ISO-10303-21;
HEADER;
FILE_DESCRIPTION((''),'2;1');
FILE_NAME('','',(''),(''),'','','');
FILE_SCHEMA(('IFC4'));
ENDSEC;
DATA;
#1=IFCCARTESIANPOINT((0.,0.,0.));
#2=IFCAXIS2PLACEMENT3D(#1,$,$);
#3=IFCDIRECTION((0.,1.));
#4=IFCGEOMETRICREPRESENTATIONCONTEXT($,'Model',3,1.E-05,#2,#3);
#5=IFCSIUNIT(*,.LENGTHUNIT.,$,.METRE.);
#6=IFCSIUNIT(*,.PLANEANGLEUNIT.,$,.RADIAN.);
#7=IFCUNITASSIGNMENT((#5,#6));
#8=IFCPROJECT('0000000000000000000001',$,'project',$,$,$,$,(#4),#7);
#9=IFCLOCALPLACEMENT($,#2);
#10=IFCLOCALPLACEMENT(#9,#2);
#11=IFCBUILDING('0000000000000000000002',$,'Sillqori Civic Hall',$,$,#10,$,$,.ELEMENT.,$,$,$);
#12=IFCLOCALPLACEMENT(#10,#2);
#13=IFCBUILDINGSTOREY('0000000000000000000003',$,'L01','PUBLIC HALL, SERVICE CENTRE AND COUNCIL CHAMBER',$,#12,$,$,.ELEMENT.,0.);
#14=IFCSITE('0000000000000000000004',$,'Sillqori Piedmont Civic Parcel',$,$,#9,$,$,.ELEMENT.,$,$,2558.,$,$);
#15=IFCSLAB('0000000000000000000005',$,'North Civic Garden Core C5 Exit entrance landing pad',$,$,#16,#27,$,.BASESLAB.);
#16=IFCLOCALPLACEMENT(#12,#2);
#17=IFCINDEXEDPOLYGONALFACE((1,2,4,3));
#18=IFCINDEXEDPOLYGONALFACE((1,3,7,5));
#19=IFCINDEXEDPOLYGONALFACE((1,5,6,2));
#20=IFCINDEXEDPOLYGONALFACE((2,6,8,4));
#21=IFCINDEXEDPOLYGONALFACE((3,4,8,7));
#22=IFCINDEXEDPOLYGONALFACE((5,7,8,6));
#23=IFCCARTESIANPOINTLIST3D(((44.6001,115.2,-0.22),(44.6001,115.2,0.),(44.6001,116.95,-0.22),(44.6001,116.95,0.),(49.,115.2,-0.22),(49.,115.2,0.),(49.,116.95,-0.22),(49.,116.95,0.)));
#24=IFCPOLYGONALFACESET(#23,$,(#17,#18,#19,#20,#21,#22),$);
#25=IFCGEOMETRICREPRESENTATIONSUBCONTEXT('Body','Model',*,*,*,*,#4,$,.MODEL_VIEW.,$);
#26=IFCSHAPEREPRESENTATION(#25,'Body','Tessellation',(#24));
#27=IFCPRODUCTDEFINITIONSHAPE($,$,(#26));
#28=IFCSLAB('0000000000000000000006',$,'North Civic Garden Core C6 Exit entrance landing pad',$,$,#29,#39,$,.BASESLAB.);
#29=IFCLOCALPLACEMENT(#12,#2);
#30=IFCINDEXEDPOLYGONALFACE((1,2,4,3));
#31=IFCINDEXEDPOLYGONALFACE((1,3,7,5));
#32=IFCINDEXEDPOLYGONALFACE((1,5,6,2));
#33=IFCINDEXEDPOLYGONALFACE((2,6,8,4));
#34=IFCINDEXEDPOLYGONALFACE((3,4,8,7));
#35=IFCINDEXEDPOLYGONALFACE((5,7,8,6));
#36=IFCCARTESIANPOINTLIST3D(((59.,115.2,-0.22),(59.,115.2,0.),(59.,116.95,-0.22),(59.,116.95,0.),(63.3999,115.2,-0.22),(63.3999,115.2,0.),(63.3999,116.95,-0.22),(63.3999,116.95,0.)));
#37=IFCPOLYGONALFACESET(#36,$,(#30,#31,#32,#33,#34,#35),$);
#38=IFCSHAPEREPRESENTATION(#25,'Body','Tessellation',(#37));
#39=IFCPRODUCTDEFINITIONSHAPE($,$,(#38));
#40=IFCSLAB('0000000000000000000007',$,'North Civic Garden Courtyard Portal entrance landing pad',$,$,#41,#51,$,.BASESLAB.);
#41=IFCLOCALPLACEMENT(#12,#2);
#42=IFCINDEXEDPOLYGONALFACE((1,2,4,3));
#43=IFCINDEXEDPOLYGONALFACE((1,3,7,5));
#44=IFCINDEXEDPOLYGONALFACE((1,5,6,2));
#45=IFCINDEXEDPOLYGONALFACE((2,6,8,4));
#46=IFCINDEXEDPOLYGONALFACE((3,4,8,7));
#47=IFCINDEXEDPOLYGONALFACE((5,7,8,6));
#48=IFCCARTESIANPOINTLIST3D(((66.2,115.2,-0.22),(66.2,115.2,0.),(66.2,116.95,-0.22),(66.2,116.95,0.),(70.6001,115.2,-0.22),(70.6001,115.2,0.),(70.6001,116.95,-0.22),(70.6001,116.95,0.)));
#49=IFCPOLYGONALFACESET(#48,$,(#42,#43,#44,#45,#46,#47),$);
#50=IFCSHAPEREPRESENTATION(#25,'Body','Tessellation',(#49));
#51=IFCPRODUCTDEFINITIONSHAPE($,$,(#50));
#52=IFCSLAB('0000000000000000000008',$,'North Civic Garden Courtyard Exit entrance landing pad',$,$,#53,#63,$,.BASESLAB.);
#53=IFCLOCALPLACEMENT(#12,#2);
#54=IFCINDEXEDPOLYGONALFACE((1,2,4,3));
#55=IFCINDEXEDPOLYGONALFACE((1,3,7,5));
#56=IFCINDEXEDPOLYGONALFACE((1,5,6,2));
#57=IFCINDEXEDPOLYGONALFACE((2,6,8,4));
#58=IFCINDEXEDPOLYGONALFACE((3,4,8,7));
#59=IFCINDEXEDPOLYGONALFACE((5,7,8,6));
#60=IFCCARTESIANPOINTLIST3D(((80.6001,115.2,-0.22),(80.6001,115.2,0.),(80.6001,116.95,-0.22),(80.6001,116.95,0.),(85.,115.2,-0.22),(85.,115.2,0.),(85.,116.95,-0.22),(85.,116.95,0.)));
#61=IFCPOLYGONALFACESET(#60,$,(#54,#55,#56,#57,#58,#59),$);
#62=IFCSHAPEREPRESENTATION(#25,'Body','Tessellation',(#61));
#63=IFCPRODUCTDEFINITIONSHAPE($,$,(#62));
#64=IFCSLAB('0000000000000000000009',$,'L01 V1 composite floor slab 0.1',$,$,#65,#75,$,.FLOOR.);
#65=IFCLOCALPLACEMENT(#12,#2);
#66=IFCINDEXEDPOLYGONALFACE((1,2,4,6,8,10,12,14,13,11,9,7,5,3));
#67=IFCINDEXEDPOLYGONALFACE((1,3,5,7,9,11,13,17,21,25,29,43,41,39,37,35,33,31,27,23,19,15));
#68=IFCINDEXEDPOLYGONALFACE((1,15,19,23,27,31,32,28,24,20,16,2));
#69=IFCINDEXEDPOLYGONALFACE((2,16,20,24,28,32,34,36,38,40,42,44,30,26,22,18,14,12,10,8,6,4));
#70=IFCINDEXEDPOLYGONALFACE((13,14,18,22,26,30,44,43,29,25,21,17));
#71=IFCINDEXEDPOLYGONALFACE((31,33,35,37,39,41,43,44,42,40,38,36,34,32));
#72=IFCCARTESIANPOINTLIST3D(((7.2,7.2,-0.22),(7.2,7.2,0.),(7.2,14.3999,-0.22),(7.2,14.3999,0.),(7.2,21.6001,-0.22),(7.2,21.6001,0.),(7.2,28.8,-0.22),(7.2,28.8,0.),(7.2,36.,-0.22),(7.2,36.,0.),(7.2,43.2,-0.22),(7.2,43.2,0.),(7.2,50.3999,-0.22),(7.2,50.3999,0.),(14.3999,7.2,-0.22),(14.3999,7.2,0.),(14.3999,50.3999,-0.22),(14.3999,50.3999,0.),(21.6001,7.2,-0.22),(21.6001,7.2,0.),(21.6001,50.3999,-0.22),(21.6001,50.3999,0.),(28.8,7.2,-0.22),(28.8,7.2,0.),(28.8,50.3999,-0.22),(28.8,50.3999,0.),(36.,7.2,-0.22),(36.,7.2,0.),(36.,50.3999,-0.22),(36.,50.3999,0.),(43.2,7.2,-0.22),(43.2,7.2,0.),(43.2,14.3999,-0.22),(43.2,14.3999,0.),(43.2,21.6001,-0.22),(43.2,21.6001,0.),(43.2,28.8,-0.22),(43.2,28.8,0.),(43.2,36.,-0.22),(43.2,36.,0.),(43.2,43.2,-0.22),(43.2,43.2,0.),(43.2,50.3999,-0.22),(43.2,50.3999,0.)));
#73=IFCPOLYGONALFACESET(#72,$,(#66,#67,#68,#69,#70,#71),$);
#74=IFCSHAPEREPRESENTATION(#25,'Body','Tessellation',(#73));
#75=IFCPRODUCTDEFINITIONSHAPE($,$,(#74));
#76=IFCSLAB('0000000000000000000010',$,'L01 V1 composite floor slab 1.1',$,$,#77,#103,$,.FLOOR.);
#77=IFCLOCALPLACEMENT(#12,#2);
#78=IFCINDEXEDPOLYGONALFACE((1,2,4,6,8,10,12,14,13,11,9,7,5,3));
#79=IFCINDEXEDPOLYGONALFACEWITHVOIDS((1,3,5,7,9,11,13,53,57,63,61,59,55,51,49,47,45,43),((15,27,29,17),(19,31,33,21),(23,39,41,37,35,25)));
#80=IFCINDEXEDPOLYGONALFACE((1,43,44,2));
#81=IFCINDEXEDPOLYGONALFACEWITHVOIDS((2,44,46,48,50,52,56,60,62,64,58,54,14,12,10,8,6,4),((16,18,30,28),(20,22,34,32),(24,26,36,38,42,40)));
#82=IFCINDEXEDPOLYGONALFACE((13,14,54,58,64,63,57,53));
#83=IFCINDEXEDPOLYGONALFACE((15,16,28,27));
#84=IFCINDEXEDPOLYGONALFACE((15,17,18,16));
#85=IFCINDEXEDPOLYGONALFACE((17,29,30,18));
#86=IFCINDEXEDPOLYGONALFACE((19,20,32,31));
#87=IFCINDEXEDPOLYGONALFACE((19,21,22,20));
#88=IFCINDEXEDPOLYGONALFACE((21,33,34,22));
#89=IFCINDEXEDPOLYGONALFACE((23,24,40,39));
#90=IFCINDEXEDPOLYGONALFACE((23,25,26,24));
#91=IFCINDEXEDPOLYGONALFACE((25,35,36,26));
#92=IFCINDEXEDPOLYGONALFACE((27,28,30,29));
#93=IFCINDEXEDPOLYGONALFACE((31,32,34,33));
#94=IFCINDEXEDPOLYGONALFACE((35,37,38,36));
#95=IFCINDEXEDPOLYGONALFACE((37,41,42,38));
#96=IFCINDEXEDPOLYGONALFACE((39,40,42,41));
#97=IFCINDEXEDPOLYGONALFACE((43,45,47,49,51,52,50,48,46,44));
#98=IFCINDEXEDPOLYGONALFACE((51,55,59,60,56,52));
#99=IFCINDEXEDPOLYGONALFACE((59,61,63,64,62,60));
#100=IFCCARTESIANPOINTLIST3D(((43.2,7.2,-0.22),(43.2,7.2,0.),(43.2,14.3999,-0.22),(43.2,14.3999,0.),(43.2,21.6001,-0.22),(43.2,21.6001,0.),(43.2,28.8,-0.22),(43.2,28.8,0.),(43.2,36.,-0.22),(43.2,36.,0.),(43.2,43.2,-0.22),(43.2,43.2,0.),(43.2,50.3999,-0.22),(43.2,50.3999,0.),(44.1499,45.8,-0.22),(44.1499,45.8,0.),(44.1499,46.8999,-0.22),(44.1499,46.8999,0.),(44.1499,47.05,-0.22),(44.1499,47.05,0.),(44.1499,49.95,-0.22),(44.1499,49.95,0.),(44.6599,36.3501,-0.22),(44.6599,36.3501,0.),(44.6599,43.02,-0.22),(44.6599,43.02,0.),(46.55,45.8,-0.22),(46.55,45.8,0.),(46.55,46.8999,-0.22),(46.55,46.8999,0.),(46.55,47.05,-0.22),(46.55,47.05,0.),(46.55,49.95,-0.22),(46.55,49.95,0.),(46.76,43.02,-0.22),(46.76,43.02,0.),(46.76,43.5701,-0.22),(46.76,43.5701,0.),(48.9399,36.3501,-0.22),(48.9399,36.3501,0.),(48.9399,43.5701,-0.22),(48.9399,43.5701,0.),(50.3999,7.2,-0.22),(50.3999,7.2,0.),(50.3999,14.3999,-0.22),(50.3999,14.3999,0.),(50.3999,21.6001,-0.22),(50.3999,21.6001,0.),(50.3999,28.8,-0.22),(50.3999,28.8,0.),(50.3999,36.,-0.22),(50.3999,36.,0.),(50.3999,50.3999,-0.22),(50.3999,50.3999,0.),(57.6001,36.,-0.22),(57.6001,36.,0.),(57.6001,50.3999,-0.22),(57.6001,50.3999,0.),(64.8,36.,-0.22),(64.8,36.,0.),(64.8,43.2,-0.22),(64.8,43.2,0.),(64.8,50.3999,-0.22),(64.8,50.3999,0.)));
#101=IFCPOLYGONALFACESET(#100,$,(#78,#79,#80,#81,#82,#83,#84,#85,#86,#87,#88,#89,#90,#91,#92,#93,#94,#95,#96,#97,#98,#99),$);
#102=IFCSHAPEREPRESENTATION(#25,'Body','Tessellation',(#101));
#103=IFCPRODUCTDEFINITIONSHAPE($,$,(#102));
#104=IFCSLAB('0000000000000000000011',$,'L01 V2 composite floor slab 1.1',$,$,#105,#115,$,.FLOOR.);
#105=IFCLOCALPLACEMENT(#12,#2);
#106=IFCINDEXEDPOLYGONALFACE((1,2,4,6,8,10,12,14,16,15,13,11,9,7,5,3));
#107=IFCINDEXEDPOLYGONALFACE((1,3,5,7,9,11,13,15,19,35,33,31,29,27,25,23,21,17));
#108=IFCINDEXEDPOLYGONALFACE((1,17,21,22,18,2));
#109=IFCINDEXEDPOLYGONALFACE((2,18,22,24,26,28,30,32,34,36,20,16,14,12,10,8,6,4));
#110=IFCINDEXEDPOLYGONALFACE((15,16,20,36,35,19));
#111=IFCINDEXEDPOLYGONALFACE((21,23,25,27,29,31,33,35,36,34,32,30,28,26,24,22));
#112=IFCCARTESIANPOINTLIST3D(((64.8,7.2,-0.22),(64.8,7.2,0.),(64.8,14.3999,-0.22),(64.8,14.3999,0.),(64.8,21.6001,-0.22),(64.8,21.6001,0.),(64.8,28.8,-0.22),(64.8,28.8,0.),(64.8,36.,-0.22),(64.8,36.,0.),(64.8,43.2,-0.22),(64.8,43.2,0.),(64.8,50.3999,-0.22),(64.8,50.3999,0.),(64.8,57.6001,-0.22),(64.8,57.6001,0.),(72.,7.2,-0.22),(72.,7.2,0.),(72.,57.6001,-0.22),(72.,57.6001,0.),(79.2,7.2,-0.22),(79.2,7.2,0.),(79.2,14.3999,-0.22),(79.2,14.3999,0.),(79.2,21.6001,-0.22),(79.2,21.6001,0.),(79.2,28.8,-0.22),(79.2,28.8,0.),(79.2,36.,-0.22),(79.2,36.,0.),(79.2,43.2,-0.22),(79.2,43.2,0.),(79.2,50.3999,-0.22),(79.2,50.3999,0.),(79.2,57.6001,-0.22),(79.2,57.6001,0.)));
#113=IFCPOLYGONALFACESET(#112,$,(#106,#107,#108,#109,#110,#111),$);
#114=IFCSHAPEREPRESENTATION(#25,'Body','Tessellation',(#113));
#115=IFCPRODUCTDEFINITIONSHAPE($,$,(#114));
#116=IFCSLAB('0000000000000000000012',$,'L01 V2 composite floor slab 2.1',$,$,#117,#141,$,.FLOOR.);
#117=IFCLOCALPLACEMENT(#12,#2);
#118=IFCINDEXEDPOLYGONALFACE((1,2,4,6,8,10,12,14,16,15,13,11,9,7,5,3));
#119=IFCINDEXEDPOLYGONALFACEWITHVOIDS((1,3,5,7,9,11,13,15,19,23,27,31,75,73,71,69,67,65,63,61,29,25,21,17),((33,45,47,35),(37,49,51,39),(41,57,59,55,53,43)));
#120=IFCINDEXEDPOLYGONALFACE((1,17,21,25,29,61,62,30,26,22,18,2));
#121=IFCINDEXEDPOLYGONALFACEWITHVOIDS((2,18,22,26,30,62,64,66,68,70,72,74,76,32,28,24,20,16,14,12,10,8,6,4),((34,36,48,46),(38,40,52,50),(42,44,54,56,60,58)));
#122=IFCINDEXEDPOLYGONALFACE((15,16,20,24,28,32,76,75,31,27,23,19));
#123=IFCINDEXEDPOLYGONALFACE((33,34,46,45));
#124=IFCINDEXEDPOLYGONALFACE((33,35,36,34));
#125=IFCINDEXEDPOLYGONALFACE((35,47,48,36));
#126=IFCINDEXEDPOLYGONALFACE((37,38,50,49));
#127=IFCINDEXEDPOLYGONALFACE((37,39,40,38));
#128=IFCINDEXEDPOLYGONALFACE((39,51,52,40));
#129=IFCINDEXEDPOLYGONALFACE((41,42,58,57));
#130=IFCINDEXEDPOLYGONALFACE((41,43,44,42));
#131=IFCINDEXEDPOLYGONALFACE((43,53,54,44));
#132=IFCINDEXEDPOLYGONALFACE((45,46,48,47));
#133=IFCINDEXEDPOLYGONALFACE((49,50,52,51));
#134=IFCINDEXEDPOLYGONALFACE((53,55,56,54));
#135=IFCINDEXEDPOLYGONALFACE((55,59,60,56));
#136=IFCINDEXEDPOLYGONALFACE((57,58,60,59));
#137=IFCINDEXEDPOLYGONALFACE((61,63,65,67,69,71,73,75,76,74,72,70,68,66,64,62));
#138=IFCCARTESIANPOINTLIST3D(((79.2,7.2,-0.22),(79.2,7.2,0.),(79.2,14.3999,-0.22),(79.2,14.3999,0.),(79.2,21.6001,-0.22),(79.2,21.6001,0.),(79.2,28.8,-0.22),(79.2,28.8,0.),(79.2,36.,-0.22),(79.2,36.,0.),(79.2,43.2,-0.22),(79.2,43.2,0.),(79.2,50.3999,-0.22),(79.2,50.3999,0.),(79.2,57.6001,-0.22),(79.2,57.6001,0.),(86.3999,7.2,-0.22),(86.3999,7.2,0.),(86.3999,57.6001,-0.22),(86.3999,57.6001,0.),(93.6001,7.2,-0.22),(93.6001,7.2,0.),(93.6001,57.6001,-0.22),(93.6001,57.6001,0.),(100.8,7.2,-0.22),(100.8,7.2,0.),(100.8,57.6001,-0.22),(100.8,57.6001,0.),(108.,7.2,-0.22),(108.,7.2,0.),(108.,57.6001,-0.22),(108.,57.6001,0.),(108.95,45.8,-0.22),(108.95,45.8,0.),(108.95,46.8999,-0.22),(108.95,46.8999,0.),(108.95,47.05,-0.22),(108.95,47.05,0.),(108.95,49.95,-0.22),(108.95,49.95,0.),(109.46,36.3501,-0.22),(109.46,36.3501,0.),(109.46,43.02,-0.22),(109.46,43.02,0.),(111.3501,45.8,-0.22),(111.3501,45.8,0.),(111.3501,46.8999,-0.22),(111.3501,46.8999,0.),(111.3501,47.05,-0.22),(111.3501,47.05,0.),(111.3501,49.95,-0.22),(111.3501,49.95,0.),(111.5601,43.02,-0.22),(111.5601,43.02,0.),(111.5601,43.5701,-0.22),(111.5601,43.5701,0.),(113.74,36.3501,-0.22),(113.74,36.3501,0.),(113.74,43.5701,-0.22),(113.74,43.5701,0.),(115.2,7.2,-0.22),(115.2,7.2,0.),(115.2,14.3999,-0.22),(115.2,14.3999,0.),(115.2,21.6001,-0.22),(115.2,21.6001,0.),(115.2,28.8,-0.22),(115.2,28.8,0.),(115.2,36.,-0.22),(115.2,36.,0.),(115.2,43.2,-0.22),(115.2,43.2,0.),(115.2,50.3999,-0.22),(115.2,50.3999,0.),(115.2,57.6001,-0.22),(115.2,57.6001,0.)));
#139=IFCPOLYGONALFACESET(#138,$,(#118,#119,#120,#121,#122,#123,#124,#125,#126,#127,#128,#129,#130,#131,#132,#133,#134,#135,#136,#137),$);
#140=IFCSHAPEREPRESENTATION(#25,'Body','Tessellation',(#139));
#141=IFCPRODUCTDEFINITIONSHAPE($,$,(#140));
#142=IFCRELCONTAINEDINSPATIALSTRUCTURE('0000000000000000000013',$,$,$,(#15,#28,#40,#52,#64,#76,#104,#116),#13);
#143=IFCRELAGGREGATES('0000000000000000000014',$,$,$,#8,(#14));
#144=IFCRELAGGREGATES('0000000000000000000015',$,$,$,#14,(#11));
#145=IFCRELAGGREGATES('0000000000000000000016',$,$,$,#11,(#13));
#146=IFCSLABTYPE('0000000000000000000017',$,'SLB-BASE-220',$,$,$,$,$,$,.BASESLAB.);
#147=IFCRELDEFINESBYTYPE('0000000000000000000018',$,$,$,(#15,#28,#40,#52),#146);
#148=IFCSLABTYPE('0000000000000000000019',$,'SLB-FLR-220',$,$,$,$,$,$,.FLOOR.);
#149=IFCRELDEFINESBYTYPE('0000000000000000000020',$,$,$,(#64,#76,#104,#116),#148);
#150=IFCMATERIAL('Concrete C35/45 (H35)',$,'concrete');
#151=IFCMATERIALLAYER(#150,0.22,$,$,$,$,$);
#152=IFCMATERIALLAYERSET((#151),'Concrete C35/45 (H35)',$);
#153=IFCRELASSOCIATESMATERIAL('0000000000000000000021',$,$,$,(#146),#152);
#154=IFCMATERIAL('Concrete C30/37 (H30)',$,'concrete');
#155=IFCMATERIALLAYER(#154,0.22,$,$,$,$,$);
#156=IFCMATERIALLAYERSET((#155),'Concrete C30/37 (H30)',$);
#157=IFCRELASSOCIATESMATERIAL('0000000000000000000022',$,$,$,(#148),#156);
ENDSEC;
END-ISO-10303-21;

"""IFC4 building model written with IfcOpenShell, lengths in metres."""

from ifc_helpers import new_model, si_unit, direction, frame, origin, place, context, subcontext, project, spatial, polyline, outline, extrude, material, layer, layer_set, type_object, element, save


model = new_model("IFC4")

# Units and contexts
model_context = context("Model", 3, precision=1e-05, world=origin(), true_north=direction((0.0, 1.0)))
body_context = subcontext(model_context, "Body", "Model", "MODEL_VIEW")
ifc_project = project(units=[si_unit("LENGTHUNIT", "METRE"), si_unit("PLANEANGLEUNIT", "RADIAN")], contexts=[model_context])

# Site, building, storey
site_placement = place(None, origin())
site = spatial("IfcSite", under=ifc_project, at=site_placement, Name="Sillqori Piedmont Civic Parcel", CompositionType="ELEMENT", RefElevation=2558.0)
building_placement = place(site_placement, origin())
building = spatial("IfcBuilding", under=site, at=building_placement, Name="Sillqori Civic Hall", CompositionType="ELEMENT")
storey_placement = place(building_placement, origin())
storey = spatial("IfcBuildingStorey", under=building, at=storey_placement, Name="L01", Description="PUBLIC HALL, SERVICE CENTRE AND COUNCIL CHAMBER", CompositionType="ELEMENT", Elevation=0.0)

# Slabs
ifc_material_1 = material(Name="Concrete C35/45 (H35)", Category="concrete")
ifc_layer_1 = layer(ifc_material_1, 0.22)
ifc_layer_set_1 = layer_set([ifc_layer_1], Name="Concrete C35/45 (H35)")
slab_type_1 = type_object("IfcSlabType", Name="SLB-BASE-220", PredefinedType="BASESLAB", material=ifc_layer_set_1)
slab_1_placement = place(storey_placement, frame((0.0, 0.0, -0.22)))
element("IfcSlab", 1, at=slab_1_placement, inside=storey, type_object=slab_type_1, Name="North Civic Garden Core C5 Exit entrance landing pad", PredefinedType="BASESLAB", context=body_context, shape_type="SweptSolid", body=[
    extrude(outline(polyline([(44.6001, 115.2), (49.0, 115.2), (49.0, 116.95), (44.6001, 116.95), (44.6001, 115.2)])), origin(), (0.0, 0.0, 1.0), 0.22),
])
slab_2_placement = place(storey_placement, frame((0.0, 0.0, -0.22)))
element("IfcSlab", 2, at=slab_2_placement, inside=storey, type_object=slab_type_1, Name="North Civic Garden Core C6 Exit entrance landing pad", PredefinedType="BASESLAB", context=body_context, shape_type="SweptSolid", body=[
    extrude(outline(polyline([(59.0, 115.2), (63.3999, 115.2), (63.3999, 116.95), (59.0, 116.95), (59.0, 115.2)])), origin(), (0.0, 0.0, 1.0), 0.22),
])
slab_3_placement = place(storey_placement, frame((0.0, 0.0, -0.22)))
element("IfcSlab", 3, at=slab_3_placement, inside=storey, type_object=slab_type_1, Name="North Civic Garden Courtyard Portal entrance landing pad", PredefinedType="BASESLAB", context=body_context, shape_type="SweptSolid", body=[
    extrude(outline(polyline([(66.2, 115.2), (70.6001, 115.2), (70.6001, 116.95), (66.2, 116.95), (66.2, 115.2)])), origin(), (0.0, 0.0, 1.0), 0.22),
])
slab_4_placement = place(storey_placement, frame((0.0, 0.0, -0.22)))
element("IfcSlab", 4, at=slab_4_placement, inside=storey, type_object=slab_type_1, Name="North Civic Garden Courtyard Exit entrance landing pad", PredefinedType="BASESLAB", context=body_context, shape_type="SweptSolid", body=[
    extrude(outline(polyline([(80.6001, 115.2), (85.0, 115.2), (85.0, 116.95), (80.6001, 116.95), (80.6001, 115.2)])), origin(), (0.0, 0.0, 1.0), 0.22),
])
ifc_material_2 = material(Name="Concrete C30/37 (H30)", Category="concrete")
ifc_layer_2 = layer(ifc_material_2, 0.22)
ifc_layer_set_2 = layer_set([ifc_layer_2], Name="Concrete C30/37 (H30)")
slab_type_2 = type_object("IfcSlabType", Name="SLB-FLR-220", PredefinedType="FLOOR", material=ifc_layer_set_2)
slab_5_placement = place(storey_placement, frame((0.0, 0.0, -0.22)))
element("IfcSlab", 5, at=slab_5_placement, inside=storey, type_object=slab_type_2, Name="L01 V1 composite floor slab 0.1", PredefinedType="FLOOR", context=body_context, shape_type="SweptSolid", body=[
    extrude(outline(polyline([(7.2, 36.0), (7.2, 43.2), (7.2, 50.3999), (14.3999, 50.3999), (21.6001, 50.3999), (28.8, 50.3999), (36.0, 50.3999), (43.2, 50.3999), (43.2, 43.2), (43.2, 36.0), (43.2, 28.8), (43.2, 21.6001), (43.2, 14.3999), (43.2, 7.2), (36.0, 7.2), (28.8, 7.2), (21.6001, 7.2), (14.3999, 7.2), (7.2, 7.2), (7.2, 14.3999), (7.2, 21.6001), (7.2, 28.8), (7.2, 36.0)])), origin(), (0.0, 0.0, 1.0), 0.22),
])
slab_6_placement = place(storey_placement, frame((0.0, 0.0, -0.22)))
element("IfcSlab", 6, at=slab_6_placement, inside=storey, type_object=slab_type_2, Name="L01 V1 composite floor slab 1.1", PredefinedType="FLOOR", context=body_context, shape_type="SweptSolid", body=[
    extrude(outline(polyline([(43.2, 21.6001), (43.2, 28.8), (43.2, 36.0), (43.2, 43.2), (43.2, 50.3999), (50.3999, 50.3999), (57.6001, 50.3999), (64.8, 50.3999), (64.8, 43.2), (64.8, 36.0), (57.6001, 36.0), (50.3999, 36.0), (50.3999, 28.8), (50.3999, 21.6001), (50.3999, 14.3999), (50.3999, 7.2), (43.2, 7.2), (43.2, 14.3999), (43.2, 21.6001)]), holes=[polyline([(44.6599, 43.02), (44.6599, 36.3501), (48.9399, 36.3501), (48.9399, 43.5701), (46.76, 43.5701), (46.76, 43.02), (44.6599, 43.02)]), polyline([(46.55, 45.8), (46.55, 46.8999), (44.1499, 46.8999), (44.1499, 45.8), (46.55, 45.8)]), polyline([(46.55, 47.05), (46.55, 49.95), (44.1499, 49.95), (44.1499, 47.05), (46.55, 47.05)])]), origin(), (0.0, 0.0, 1.0), 0.22),
])
slab_7_placement = place(storey_placement, frame((0.0, 0.0, -0.22)))
element("IfcSlab", 7, at=slab_7_placement, inside=storey, type_object=slab_type_2, Name="L01 V2 composite floor slab 1.1", PredefinedType="FLOOR", context=body_context, shape_type="SweptSolid", body=[
    extrude(outline(polyline([(64.8, 21.6001), (64.8, 28.8), (64.8, 36.0), (64.8, 43.2), (64.8, 50.3999), (64.8, 57.6001), (72.0, 57.6001), (79.2, 57.6001), (79.2, 50.3999), (79.2, 43.2), (79.2, 36.0), (79.2, 28.8), (79.2, 21.6001), (79.2, 14.3999), (79.2, 7.2), (72.0, 7.2), (64.8, 7.2), (64.8, 14.3999), (64.8, 21.6001)])), origin(), (0.0, 0.0, 1.0), 0.22),
])
slab_8_placement = place(storey_placement, frame((0.0, 0.0, -0.22)))
element("IfcSlab", 8, at=slab_8_placement, inside=storey, type_object=slab_type_2, Name="L01 V2 composite floor slab 2.1", PredefinedType="FLOOR", context=body_context, shape_type="SweptSolid", body=[
    extrude(outline(polyline([(79.2, 14.3999), (79.2, 21.6001), (79.2, 28.8), (79.2, 36.0), (79.2, 43.2), (79.2, 50.3999), (79.2, 57.6001), (86.3999, 57.6001), (93.6001, 57.6001), (100.8, 57.6001), (108.0, 57.6001), (115.2, 57.6001), (115.2, 50.3999), (115.2, 43.2), (115.2, 36.0), (115.2, 28.8), (115.2, 21.6001), (115.2, 14.3999), (115.2, 7.2), (108.0, 7.2), (100.8, 7.2), (93.6001, 7.2), (86.3999, 7.2), (79.2, 7.2), (79.2, 14.3999)]), holes=[polyline([(111.5601, 43.02), (109.46, 43.02), (109.46, 36.3501), (113.74, 36.3501), (113.74, 43.5701), (111.5601, 43.5701), (111.5601, 43.02)]), polyline([(111.3501, 45.8), (111.3501, 46.8999), (108.95, 46.8999), (108.95, 45.8), (111.3501, 45.8)]), polyline([(111.3501, 49.95), (108.95, 49.95), (108.95, 47.05), (111.3501, 47.05), (111.3501, 49.95)])]), origin(), (0.0, 0.0, 1.0), 0.22),
])

save(model, "model.ifc")
